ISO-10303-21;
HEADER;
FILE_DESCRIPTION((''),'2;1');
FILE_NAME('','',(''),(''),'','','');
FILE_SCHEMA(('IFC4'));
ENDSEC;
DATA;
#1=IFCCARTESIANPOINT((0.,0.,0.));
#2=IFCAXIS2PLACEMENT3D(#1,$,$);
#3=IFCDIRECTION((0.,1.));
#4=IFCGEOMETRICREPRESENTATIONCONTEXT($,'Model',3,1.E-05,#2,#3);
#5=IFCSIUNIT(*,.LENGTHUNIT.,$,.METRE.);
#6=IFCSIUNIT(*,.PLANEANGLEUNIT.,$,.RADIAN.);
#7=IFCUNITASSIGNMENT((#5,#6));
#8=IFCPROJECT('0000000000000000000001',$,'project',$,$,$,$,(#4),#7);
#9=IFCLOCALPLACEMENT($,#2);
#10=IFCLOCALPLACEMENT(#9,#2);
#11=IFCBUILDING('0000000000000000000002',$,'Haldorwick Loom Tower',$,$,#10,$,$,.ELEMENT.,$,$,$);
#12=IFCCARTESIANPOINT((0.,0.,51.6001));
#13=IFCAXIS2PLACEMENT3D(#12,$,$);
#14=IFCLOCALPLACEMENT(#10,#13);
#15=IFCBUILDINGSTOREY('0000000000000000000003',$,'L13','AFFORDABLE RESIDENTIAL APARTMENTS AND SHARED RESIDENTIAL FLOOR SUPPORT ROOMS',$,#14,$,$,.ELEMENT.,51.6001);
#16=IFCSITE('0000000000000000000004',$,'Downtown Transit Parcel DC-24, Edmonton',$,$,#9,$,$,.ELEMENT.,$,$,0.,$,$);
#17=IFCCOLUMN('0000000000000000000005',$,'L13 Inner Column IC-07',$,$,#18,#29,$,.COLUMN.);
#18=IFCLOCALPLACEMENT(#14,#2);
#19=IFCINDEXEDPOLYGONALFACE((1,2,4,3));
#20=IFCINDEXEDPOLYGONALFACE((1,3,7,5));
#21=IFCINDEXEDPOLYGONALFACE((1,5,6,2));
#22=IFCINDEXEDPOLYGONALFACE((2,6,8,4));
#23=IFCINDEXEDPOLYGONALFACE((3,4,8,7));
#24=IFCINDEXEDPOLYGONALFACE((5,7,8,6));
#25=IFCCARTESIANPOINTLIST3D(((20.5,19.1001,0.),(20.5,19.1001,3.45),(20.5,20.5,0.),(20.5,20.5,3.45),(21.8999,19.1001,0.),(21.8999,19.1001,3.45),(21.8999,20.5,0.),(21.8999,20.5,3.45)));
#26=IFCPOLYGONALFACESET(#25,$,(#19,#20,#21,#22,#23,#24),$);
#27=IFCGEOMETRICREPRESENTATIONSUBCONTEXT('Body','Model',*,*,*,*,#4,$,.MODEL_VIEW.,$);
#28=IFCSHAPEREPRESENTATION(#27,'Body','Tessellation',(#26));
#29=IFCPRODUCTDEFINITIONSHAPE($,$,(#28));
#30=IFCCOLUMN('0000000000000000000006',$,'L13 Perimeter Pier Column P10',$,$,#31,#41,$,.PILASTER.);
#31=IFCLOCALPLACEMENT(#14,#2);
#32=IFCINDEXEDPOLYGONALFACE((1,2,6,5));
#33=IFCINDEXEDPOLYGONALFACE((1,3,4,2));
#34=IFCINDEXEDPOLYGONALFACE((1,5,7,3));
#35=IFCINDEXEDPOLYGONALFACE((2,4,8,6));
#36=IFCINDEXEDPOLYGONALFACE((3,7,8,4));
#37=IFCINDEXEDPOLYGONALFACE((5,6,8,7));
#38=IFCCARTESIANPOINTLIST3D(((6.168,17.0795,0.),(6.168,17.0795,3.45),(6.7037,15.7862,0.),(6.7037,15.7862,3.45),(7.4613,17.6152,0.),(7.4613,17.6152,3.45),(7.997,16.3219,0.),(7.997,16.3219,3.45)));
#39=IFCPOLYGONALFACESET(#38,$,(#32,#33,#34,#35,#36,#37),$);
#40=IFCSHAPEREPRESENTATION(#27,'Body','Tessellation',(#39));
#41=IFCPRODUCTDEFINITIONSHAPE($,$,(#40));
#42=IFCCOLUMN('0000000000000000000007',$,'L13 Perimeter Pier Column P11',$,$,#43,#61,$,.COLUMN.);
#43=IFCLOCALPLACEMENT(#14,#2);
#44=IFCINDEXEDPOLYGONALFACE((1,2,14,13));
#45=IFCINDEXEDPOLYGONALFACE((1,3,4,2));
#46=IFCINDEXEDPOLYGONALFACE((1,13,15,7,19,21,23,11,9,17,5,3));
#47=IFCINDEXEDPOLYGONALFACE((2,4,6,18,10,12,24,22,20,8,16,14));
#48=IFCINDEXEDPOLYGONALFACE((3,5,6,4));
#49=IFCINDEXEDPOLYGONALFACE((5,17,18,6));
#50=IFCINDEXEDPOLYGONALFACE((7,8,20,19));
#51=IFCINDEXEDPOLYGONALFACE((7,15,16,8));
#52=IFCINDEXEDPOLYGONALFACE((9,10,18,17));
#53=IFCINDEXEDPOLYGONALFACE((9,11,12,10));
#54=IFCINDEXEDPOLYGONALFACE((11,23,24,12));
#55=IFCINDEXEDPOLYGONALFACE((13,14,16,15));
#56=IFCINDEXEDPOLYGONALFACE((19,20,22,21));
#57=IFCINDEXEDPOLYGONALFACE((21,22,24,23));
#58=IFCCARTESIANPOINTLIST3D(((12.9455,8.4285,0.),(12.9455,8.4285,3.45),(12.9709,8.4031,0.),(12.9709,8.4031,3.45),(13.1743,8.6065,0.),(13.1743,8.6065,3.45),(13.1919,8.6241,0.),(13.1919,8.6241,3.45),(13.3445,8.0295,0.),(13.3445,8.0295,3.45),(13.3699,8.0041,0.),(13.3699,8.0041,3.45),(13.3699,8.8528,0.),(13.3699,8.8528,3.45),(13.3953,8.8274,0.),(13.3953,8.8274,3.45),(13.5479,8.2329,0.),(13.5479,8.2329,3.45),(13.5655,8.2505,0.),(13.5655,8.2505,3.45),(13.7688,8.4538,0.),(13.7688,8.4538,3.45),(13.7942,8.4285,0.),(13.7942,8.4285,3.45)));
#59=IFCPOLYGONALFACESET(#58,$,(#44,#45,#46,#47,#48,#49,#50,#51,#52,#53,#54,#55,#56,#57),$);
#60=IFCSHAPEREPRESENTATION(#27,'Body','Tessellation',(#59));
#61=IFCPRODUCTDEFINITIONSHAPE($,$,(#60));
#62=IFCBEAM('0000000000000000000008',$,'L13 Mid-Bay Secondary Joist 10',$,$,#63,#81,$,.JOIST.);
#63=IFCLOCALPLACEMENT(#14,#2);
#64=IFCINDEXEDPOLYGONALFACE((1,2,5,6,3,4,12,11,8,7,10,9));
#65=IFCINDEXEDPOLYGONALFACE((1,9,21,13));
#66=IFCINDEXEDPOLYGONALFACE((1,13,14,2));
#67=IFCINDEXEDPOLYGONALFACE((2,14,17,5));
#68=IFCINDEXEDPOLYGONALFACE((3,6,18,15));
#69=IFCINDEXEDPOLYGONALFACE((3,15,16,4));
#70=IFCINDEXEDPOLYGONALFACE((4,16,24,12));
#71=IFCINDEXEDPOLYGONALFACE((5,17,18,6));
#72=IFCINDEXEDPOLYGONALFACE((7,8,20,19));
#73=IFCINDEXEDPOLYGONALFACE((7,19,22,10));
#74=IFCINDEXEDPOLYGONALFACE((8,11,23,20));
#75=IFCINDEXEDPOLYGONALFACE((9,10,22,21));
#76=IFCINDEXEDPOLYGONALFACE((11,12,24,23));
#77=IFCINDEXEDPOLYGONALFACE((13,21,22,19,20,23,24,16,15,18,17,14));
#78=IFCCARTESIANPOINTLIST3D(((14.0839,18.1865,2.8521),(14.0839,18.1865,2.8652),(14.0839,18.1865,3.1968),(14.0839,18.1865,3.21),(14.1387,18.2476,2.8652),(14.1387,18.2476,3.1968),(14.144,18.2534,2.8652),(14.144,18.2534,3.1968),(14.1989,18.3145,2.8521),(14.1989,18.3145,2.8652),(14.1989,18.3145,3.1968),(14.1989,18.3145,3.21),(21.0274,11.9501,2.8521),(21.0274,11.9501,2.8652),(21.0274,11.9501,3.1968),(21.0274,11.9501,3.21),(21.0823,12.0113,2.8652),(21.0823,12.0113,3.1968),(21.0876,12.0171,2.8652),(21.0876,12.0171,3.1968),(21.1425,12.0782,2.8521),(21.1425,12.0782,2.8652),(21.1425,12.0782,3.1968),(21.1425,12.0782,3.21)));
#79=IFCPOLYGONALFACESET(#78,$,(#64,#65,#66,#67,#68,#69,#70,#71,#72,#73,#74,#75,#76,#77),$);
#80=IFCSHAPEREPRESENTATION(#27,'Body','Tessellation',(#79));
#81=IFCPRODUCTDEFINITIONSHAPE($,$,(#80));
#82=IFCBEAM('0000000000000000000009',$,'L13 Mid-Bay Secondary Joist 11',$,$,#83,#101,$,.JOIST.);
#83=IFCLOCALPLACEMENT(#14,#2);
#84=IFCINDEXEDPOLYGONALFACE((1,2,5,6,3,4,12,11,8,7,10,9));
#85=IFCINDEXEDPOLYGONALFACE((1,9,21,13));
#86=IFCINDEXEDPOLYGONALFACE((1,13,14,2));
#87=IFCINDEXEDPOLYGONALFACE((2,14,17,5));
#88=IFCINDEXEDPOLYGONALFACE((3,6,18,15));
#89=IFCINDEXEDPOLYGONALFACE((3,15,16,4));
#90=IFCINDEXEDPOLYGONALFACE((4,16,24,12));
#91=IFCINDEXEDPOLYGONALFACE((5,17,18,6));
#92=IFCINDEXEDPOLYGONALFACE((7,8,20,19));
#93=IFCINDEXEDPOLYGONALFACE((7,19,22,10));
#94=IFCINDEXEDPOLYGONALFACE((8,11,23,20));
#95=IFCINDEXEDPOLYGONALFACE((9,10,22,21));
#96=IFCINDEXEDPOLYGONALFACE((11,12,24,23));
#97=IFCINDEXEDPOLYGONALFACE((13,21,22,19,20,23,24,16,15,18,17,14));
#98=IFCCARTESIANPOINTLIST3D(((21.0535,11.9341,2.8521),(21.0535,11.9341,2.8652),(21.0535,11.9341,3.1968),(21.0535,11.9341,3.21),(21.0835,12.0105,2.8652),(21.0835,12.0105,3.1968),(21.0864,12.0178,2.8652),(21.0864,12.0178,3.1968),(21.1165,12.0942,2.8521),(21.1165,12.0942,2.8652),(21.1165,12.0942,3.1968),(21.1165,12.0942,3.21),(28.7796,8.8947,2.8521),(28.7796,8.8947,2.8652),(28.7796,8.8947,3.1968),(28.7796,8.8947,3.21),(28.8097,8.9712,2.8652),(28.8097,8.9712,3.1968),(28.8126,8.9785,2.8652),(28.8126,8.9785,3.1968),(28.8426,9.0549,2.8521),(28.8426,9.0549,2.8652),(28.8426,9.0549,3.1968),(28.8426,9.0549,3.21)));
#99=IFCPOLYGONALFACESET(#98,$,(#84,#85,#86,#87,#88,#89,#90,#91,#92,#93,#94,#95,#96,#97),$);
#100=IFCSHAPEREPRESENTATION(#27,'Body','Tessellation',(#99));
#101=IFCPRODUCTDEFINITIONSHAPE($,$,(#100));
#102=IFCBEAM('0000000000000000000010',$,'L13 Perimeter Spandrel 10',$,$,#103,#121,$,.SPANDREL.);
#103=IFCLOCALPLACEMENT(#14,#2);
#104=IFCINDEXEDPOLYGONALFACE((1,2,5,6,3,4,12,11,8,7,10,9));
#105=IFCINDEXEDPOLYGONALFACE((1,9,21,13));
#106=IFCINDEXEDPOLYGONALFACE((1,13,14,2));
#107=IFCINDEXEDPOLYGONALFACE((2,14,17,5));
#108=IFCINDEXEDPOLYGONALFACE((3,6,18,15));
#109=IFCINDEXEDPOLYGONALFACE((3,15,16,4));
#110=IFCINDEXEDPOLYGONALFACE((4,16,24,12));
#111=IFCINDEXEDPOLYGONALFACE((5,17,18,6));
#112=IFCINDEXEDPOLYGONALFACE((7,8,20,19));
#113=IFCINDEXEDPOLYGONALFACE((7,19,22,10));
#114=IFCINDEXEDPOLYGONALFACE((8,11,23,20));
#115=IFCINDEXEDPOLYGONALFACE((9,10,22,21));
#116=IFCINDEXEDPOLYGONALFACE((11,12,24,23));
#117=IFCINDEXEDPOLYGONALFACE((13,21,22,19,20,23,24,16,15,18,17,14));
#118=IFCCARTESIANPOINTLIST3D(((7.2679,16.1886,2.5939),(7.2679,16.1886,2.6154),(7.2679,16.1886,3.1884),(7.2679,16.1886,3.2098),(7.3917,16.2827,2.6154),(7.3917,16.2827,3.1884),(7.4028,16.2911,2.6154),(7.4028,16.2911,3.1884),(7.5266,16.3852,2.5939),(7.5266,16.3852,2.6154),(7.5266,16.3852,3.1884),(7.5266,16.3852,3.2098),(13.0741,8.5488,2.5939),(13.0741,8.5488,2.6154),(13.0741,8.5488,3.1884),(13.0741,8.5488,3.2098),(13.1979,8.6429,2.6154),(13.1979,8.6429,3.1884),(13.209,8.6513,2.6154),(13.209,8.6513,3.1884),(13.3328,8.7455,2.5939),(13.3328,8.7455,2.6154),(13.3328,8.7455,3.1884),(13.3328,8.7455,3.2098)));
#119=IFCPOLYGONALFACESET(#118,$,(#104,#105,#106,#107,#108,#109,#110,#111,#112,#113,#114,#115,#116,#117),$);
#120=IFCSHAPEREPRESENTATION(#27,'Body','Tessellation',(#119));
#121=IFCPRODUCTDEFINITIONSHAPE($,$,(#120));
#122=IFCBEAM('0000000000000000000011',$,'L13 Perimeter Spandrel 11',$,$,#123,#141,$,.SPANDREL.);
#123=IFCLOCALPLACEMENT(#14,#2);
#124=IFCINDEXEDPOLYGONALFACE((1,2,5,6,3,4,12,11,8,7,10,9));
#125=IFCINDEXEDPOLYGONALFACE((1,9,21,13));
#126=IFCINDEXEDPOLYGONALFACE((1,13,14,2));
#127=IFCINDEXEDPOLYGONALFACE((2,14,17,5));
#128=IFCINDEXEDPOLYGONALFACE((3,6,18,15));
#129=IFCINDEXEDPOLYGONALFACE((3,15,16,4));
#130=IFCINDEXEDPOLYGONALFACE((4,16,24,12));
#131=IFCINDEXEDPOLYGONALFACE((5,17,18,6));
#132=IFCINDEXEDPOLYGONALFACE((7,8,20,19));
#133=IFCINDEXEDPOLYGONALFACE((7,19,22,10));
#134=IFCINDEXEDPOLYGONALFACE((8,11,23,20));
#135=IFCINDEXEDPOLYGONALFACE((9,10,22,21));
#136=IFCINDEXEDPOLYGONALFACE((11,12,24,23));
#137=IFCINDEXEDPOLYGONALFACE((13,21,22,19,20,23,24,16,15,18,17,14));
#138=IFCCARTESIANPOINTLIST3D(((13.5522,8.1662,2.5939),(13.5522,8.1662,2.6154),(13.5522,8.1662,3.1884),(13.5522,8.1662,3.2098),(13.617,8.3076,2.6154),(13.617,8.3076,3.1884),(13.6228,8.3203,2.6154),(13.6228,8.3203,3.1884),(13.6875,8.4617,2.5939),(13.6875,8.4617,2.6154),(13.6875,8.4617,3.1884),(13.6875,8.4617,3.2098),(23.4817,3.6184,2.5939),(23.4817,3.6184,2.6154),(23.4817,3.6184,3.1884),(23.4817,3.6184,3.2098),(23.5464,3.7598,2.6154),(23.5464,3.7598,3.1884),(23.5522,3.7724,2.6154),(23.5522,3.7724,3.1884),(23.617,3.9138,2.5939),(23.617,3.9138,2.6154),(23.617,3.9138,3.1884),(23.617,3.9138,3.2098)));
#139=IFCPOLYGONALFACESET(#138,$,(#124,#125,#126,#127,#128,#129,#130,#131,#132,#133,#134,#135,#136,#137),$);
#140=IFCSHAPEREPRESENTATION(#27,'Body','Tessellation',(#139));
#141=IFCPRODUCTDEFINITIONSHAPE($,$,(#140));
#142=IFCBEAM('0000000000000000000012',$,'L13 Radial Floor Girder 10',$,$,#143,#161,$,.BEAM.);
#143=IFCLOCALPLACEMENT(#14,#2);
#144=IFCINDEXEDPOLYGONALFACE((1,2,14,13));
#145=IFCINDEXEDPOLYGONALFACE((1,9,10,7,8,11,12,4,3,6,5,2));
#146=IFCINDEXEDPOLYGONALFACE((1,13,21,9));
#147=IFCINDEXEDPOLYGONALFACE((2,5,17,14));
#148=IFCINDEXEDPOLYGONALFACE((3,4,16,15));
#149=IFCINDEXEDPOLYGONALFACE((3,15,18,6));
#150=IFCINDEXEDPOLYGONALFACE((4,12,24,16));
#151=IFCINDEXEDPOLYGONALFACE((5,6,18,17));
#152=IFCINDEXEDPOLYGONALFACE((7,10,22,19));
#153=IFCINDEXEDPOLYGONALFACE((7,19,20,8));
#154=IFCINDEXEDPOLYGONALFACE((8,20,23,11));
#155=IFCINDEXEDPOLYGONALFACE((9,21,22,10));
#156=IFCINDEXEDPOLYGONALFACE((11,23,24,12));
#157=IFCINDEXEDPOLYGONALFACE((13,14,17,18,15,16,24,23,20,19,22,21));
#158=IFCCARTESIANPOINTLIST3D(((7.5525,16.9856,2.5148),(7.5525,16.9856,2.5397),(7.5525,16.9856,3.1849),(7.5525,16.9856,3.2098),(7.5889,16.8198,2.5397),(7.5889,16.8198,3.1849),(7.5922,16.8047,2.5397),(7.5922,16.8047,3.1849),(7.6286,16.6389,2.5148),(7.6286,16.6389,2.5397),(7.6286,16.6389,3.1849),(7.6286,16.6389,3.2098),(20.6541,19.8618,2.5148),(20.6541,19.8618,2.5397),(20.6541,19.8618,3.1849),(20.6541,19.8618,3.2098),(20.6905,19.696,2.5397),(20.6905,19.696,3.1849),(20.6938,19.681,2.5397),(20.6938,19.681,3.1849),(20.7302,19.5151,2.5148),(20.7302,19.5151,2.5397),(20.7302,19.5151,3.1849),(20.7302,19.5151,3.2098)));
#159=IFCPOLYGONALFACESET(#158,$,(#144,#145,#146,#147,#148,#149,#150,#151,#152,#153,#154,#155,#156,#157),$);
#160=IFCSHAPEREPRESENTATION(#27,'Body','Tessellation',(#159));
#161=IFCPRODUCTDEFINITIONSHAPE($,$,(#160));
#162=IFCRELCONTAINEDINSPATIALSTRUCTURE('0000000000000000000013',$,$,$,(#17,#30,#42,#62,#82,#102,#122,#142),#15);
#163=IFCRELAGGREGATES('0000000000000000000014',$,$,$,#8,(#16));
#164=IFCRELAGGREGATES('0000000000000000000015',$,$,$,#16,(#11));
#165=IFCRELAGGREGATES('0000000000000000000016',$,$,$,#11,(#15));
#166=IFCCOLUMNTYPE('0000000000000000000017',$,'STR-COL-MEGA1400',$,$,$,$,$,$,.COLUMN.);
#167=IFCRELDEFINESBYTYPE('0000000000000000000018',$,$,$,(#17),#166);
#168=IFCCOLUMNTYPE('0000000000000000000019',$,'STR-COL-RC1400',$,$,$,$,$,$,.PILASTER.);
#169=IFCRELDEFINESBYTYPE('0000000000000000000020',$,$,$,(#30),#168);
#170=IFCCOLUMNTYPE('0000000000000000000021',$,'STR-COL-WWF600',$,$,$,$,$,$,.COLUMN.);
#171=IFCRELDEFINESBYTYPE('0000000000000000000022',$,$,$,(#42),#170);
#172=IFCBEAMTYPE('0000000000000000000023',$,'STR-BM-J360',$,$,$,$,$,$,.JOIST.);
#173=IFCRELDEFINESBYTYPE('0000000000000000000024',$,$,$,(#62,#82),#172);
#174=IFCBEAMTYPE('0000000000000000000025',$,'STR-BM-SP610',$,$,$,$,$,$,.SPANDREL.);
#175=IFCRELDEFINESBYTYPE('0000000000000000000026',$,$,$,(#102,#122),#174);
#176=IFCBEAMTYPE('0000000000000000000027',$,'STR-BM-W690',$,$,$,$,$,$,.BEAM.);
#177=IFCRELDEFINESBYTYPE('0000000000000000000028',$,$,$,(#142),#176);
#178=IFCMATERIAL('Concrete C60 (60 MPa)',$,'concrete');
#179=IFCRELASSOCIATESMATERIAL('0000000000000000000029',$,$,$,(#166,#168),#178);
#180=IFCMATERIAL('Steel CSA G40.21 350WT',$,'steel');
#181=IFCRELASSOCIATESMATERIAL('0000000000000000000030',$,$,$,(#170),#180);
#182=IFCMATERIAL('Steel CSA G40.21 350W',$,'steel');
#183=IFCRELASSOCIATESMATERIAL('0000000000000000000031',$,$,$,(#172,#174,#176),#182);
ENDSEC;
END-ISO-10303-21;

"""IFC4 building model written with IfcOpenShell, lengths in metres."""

from ifc_helpers import new_model, si_unit, direction, frame, origin, origin_2d, place, context, subcontext, project, spatial, rectangle, i_section, extrude, material, material_profile, profile_set, type_object, element, save


model = new_model("IFC4")

# Units and contexts
model_context = context("Model", 3, precision=1e-05, world=origin(), true_north=direction((0.0, 1.0)))
body_context = subcontext(model_context, "Body", "Model", "MODEL_VIEW")
ifc_project = project(units=[si_unit("LENGTHUNIT", "METRE"), si_unit("PLANEANGLEUNIT", "RADIAN")], contexts=[model_context])

# Site, building, storey
site_placement = place(None, origin())
site = spatial("IfcSite", under=ifc_project, at=site_placement, Name="Downtown Transit Parcel DC-24, Edmonton", CompositionType="ELEMENT", RefElevation=0.0)
building_placement = place(site_placement, origin())
building = spatial("IfcBuilding", under=site, at=building_placement, Name="Haldorwick Loom Tower", CompositionType="ELEMENT")
storey_placement = place(building_placement, frame((0.0, 0.0, 51.6001)))
storey = spatial("IfcBuildingStorey", under=building, at=storey_placement, Name="L13", Description="AFFORDABLE RESIDENTIAL APARTMENTS AND SHARED RESIDENTIAL FLOOR SUPPORT ROOMS", CompositionType="ELEMENT", Elevation=51.6001)

# Columns
ifc_material_1 = material(Name="Concrete C60 (60 MPa)", Category="concrete")
ifc_material_profile_1 = material_profile(ifc_material_1, rectangle(XDim=1.3999, YDim=1.3999, at=origin_2d()), Name="RC1400X1400", Category="concrete")
ifc_profile_set_1 = profile_set([ifc_material_profile_1], Name="Concrete C60 (60 MPa)")
column_type_1 = type_object("IfcColumnType", Name="STR-COL-MEGA1400", PredefinedType="COLUMN", material=ifc_profile_set_1)
column_1_placement = place(storey_placement, frame((21.2, 19.8, 0.0), z_axis=(0.0, 0.0, 1.0), x_axis=(1.0, 0.0, 0.0)))
element("IfcColumn", 1, at=column_1_placement, inside=storey, type_object=column_type_1, Name="L13 Inner Column IC-07", PredefinedType="COLUMN", context=body_context, shape_type="SweptSolid", body=[
    extrude(rectangle(XDim=1.3999, YDim=1.3999, at=origin_2d()), origin(), (0.0, 0.0, 1.0), 3.45),
])
ifc_material_profile_2 = material_profile(ifc_material_1, rectangle(XDim=1.3999, YDim=1.3999, at=origin_2d()), Name="RC1400X1400", Category="concrete")
ifc_profile_set_2 = profile_set([ifc_material_profile_2], Name="Concrete C60 (60 MPa)")
column_type_2 = type_object("IfcColumnType", Name="STR-COL-RC1400", PredefinedType="PILASTER", material=ifc_profile_set_2)
column_2_placement = place(storey_placement, frame((7.0825, 16.7007, 0.0), z_axis=(0.0, 0.0, 1.0), x_axis=(-0.92388, -0.382683, 0.0)))
element("IfcColumn", 2, at=column_2_placement, inside=storey, type_object=column_type_2, Name="L13 Perimeter Pier Column P10", PredefinedType="PILASTER", context=body_context, shape_type="SweptSolid", body=[
    extrude(rectangle(XDim=1.3999, YDim=1.3999, at=origin_2d()), origin(), (0.0, 0.0, 1.0), 3.45),
])
ifc_material_2 = material(Name="Steel CSA G40.21 350WT", Category="steel")
ifc_material_profile_3 = material_profile(ifc_material_2, i_section(OverallWidth=0.6001, OverallDepth=0.6001, WebThickness=0.0249, FlangeThickness=0.0359, at=origin_2d()), Name="WWF600X600", Category="steel")
ifc_profile_set_3 = profile_set([ifc_material_profile_3], Name="Steel CSA G40.21 350WT")
column_type_3 = type_object("IfcColumnType", Name="STR-COL-WWF600", PredefinedType="COLUMN", material=ifc_profile_set_3)
column_3_placement = place(storey_placement, frame((13.3699, 8.4285, 0.0), z_axis=(0.0, 0.0, 1.0), x_axis=(-0.707107, -0.707107, 0.0)))
element("IfcColumn", 3, at=column_3_placement, inside=storey, type_object=column_type_3, Name="L13 Perimeter Pier Column P11", PredefinedType="COLUMN", context=body_context, shape_type="SweptSolid", body=[
    extrude(i_section(OverallWidth=0.6001, OverallDepth=0.6001, WebThickness=0.0249, FlangeThickness=0.0359, at=origin_2d()), origin(), (0.0, 0.0, 1.0), 3.45),
])

# Beams
ifc_material_3 = material(Name="Steel CSA G40.21 350W", Category="steel")
ifc_material_profile_4 = material_profile(ifc_material_3, i_section(OverallWidth=0.1721, OverallDepth=0.3579, WebThickness=0.0078, FlangeThickness=0.0132, at=origin_2d()), Name="W360X57", Category="steel")
ifc_profile_set_4 = profile_set([ifc_material_profile_4], Name="Steel CSA G40.21 350W")
beam_type_1 = type_object("IfcBeamType", Name="STR-BM-J360", PredefinedType="JOIST", material=ifc_profile_set_4)
beam_1_placement = place(storey_placement, frame((14.1414, 18.2505, 3.031), z_axis=(0.743982, -0.6682, 0.0), x_axis=(0.6682, 0.743982, 0.0)))
element("IfcBeam", 4, at=beam_1_placement, inside=storey, type_object=beam_type_1, Name="L13 Mid-Bay Secondary Joist 10", PredefinedType="JOIST", context=body_context, shape_type="SweptSolid", body=[
    extrude(i_section(OverallWidth=0.1721, OverallDepth=0.3579, WebThickness=0.0078, FlangeThickness=0.0132, at=origin_2d()), origin(), (0.0, 0.0, 1.0), 9.333),
])
beam_2_placement = place(storey_placement, frame((21.085, 12.0142, 3.031), z_axis=(0.930585, -0.366076, 0.0), x_axis=(0.366076, 0.930585, 0.0)))
element("IfcBeam", 5, at=beam_2_placement, inside=storey, type_object=beam_type_1, Name="L13 Mid-Bay Secondary Joist 11", PredefinedType="JOIST", context=body_context, shape_type="SweptSolid", body=[
    extrude(i_section(OverallWidth=0.1721, OverallDepth=0.3579, WebThickness=0.0078, FlangeThickness=0.0132, at=origin_2d()), origin(), (0.0, 0.0, 1.0), 8.3025),
])
ifc_material_profile_5 = material_profile(ifc_material_3, i_section(OverallWidth=0.325, OverallDepth=0.616, WebThickness=0.0139, FlangeThickness=0.0215, at=origin_2d()), Name="W610X174", Category="steel")
ifc_profile_set_5 = profile_set([ifc_material_profile_5], Name="Steel CSA G40.21 350W")
beam_type_2 = type_object("IfcBeamType", Name="STR-BM-SP610", PredefinedType="SPANDREL", material=ifc_profile_set_5)
beam_3_placement = place(storey_placement, frame((7.3972, 16.2869, 2.9019), z_axis=(0.605085, -0.796161, 0.0), x_axis=(0.796161, 0.605085, 0.0)))
element("IfcBeam", 6, at=beam_3_placement, inside=storey, type_object=beam_type_2, Name="L13 Perimeter Spandrel 10", PredefinedType="SPANDREL", context=body_context, shape_type="SweptSolid", body=[
    extrude(i_section(OverallWidth=0.325, OverallDepth=0.616, WebThickness=0.0139, FlangeThickness=0.0215, at=origin_2d()), origin(), (0.0, 0.0, 1.0), 9.5957),
])
beam_4_placement = place(storey_placement, frame((13.6199, 8.314, 2.9019), z_axis=(0.909174, -0.416417, 0.0), x_axis=(0.416417, 0.909174, 0.0)))
element("IfcBeam", 7, at=beam_4_placement, inside=storey, type_object=beam_type_2, Name="L13 Perimeter Spandrel 11", PredefinedType="SPANDREL", context=body_context, shape_type="SweptSolid", body=[
    extrude(i_section(OverallWidth=0.325, OverallDepth=0.616, WebThickness=0.0139, FlangeThickness=0.0215, at=origin_2d()), origin(), (0.0, 0.0, 1.0), 10.9214),
])
ifc_material_profile_6 = material_profile(ifc_material_3, i_section(OverallWidth=0.355, OverallDepth=0.6951, WebThickness=0.0154, FlangeThickness=0.0249, at=origin_2d()), Name="W690X217", Category="steel")
ifc_profile_set_6 = profile_set([ifc_material_profile_6], Name="Steel CSA G40.21 350W")
beam_type_3 = type_object("IfcBeamType", Name="STR-BM-W690", PredefinedType="BEAM", material=ifc_profile_set_6)
beam_5_placement = place(storey_placement, frame((20.6921, 19.6885, 2.8623), z_axis=(-0.97674, -0.214426, 0.0), x_axis=(0.214426, -0.97674, 0.0)))
element("IfcBeam", 8, at=beam_5_placement, inside=storey, type_object=beam_type_3, Name="L13 Radial Floor Girder 10", PredefinedType="BEAM", context=body_context, shape_type="SweptSolid", body=[
    extrude(i_section(OverallWidth=0.355, OverallDepth=0.6951, WebThickness=0.0154, FlangeThickness=0.0249, at=origin_2d()), origin(), (0.0, 0.0, 1.0), 13.4136),
])

save(model, "model.ifc")
